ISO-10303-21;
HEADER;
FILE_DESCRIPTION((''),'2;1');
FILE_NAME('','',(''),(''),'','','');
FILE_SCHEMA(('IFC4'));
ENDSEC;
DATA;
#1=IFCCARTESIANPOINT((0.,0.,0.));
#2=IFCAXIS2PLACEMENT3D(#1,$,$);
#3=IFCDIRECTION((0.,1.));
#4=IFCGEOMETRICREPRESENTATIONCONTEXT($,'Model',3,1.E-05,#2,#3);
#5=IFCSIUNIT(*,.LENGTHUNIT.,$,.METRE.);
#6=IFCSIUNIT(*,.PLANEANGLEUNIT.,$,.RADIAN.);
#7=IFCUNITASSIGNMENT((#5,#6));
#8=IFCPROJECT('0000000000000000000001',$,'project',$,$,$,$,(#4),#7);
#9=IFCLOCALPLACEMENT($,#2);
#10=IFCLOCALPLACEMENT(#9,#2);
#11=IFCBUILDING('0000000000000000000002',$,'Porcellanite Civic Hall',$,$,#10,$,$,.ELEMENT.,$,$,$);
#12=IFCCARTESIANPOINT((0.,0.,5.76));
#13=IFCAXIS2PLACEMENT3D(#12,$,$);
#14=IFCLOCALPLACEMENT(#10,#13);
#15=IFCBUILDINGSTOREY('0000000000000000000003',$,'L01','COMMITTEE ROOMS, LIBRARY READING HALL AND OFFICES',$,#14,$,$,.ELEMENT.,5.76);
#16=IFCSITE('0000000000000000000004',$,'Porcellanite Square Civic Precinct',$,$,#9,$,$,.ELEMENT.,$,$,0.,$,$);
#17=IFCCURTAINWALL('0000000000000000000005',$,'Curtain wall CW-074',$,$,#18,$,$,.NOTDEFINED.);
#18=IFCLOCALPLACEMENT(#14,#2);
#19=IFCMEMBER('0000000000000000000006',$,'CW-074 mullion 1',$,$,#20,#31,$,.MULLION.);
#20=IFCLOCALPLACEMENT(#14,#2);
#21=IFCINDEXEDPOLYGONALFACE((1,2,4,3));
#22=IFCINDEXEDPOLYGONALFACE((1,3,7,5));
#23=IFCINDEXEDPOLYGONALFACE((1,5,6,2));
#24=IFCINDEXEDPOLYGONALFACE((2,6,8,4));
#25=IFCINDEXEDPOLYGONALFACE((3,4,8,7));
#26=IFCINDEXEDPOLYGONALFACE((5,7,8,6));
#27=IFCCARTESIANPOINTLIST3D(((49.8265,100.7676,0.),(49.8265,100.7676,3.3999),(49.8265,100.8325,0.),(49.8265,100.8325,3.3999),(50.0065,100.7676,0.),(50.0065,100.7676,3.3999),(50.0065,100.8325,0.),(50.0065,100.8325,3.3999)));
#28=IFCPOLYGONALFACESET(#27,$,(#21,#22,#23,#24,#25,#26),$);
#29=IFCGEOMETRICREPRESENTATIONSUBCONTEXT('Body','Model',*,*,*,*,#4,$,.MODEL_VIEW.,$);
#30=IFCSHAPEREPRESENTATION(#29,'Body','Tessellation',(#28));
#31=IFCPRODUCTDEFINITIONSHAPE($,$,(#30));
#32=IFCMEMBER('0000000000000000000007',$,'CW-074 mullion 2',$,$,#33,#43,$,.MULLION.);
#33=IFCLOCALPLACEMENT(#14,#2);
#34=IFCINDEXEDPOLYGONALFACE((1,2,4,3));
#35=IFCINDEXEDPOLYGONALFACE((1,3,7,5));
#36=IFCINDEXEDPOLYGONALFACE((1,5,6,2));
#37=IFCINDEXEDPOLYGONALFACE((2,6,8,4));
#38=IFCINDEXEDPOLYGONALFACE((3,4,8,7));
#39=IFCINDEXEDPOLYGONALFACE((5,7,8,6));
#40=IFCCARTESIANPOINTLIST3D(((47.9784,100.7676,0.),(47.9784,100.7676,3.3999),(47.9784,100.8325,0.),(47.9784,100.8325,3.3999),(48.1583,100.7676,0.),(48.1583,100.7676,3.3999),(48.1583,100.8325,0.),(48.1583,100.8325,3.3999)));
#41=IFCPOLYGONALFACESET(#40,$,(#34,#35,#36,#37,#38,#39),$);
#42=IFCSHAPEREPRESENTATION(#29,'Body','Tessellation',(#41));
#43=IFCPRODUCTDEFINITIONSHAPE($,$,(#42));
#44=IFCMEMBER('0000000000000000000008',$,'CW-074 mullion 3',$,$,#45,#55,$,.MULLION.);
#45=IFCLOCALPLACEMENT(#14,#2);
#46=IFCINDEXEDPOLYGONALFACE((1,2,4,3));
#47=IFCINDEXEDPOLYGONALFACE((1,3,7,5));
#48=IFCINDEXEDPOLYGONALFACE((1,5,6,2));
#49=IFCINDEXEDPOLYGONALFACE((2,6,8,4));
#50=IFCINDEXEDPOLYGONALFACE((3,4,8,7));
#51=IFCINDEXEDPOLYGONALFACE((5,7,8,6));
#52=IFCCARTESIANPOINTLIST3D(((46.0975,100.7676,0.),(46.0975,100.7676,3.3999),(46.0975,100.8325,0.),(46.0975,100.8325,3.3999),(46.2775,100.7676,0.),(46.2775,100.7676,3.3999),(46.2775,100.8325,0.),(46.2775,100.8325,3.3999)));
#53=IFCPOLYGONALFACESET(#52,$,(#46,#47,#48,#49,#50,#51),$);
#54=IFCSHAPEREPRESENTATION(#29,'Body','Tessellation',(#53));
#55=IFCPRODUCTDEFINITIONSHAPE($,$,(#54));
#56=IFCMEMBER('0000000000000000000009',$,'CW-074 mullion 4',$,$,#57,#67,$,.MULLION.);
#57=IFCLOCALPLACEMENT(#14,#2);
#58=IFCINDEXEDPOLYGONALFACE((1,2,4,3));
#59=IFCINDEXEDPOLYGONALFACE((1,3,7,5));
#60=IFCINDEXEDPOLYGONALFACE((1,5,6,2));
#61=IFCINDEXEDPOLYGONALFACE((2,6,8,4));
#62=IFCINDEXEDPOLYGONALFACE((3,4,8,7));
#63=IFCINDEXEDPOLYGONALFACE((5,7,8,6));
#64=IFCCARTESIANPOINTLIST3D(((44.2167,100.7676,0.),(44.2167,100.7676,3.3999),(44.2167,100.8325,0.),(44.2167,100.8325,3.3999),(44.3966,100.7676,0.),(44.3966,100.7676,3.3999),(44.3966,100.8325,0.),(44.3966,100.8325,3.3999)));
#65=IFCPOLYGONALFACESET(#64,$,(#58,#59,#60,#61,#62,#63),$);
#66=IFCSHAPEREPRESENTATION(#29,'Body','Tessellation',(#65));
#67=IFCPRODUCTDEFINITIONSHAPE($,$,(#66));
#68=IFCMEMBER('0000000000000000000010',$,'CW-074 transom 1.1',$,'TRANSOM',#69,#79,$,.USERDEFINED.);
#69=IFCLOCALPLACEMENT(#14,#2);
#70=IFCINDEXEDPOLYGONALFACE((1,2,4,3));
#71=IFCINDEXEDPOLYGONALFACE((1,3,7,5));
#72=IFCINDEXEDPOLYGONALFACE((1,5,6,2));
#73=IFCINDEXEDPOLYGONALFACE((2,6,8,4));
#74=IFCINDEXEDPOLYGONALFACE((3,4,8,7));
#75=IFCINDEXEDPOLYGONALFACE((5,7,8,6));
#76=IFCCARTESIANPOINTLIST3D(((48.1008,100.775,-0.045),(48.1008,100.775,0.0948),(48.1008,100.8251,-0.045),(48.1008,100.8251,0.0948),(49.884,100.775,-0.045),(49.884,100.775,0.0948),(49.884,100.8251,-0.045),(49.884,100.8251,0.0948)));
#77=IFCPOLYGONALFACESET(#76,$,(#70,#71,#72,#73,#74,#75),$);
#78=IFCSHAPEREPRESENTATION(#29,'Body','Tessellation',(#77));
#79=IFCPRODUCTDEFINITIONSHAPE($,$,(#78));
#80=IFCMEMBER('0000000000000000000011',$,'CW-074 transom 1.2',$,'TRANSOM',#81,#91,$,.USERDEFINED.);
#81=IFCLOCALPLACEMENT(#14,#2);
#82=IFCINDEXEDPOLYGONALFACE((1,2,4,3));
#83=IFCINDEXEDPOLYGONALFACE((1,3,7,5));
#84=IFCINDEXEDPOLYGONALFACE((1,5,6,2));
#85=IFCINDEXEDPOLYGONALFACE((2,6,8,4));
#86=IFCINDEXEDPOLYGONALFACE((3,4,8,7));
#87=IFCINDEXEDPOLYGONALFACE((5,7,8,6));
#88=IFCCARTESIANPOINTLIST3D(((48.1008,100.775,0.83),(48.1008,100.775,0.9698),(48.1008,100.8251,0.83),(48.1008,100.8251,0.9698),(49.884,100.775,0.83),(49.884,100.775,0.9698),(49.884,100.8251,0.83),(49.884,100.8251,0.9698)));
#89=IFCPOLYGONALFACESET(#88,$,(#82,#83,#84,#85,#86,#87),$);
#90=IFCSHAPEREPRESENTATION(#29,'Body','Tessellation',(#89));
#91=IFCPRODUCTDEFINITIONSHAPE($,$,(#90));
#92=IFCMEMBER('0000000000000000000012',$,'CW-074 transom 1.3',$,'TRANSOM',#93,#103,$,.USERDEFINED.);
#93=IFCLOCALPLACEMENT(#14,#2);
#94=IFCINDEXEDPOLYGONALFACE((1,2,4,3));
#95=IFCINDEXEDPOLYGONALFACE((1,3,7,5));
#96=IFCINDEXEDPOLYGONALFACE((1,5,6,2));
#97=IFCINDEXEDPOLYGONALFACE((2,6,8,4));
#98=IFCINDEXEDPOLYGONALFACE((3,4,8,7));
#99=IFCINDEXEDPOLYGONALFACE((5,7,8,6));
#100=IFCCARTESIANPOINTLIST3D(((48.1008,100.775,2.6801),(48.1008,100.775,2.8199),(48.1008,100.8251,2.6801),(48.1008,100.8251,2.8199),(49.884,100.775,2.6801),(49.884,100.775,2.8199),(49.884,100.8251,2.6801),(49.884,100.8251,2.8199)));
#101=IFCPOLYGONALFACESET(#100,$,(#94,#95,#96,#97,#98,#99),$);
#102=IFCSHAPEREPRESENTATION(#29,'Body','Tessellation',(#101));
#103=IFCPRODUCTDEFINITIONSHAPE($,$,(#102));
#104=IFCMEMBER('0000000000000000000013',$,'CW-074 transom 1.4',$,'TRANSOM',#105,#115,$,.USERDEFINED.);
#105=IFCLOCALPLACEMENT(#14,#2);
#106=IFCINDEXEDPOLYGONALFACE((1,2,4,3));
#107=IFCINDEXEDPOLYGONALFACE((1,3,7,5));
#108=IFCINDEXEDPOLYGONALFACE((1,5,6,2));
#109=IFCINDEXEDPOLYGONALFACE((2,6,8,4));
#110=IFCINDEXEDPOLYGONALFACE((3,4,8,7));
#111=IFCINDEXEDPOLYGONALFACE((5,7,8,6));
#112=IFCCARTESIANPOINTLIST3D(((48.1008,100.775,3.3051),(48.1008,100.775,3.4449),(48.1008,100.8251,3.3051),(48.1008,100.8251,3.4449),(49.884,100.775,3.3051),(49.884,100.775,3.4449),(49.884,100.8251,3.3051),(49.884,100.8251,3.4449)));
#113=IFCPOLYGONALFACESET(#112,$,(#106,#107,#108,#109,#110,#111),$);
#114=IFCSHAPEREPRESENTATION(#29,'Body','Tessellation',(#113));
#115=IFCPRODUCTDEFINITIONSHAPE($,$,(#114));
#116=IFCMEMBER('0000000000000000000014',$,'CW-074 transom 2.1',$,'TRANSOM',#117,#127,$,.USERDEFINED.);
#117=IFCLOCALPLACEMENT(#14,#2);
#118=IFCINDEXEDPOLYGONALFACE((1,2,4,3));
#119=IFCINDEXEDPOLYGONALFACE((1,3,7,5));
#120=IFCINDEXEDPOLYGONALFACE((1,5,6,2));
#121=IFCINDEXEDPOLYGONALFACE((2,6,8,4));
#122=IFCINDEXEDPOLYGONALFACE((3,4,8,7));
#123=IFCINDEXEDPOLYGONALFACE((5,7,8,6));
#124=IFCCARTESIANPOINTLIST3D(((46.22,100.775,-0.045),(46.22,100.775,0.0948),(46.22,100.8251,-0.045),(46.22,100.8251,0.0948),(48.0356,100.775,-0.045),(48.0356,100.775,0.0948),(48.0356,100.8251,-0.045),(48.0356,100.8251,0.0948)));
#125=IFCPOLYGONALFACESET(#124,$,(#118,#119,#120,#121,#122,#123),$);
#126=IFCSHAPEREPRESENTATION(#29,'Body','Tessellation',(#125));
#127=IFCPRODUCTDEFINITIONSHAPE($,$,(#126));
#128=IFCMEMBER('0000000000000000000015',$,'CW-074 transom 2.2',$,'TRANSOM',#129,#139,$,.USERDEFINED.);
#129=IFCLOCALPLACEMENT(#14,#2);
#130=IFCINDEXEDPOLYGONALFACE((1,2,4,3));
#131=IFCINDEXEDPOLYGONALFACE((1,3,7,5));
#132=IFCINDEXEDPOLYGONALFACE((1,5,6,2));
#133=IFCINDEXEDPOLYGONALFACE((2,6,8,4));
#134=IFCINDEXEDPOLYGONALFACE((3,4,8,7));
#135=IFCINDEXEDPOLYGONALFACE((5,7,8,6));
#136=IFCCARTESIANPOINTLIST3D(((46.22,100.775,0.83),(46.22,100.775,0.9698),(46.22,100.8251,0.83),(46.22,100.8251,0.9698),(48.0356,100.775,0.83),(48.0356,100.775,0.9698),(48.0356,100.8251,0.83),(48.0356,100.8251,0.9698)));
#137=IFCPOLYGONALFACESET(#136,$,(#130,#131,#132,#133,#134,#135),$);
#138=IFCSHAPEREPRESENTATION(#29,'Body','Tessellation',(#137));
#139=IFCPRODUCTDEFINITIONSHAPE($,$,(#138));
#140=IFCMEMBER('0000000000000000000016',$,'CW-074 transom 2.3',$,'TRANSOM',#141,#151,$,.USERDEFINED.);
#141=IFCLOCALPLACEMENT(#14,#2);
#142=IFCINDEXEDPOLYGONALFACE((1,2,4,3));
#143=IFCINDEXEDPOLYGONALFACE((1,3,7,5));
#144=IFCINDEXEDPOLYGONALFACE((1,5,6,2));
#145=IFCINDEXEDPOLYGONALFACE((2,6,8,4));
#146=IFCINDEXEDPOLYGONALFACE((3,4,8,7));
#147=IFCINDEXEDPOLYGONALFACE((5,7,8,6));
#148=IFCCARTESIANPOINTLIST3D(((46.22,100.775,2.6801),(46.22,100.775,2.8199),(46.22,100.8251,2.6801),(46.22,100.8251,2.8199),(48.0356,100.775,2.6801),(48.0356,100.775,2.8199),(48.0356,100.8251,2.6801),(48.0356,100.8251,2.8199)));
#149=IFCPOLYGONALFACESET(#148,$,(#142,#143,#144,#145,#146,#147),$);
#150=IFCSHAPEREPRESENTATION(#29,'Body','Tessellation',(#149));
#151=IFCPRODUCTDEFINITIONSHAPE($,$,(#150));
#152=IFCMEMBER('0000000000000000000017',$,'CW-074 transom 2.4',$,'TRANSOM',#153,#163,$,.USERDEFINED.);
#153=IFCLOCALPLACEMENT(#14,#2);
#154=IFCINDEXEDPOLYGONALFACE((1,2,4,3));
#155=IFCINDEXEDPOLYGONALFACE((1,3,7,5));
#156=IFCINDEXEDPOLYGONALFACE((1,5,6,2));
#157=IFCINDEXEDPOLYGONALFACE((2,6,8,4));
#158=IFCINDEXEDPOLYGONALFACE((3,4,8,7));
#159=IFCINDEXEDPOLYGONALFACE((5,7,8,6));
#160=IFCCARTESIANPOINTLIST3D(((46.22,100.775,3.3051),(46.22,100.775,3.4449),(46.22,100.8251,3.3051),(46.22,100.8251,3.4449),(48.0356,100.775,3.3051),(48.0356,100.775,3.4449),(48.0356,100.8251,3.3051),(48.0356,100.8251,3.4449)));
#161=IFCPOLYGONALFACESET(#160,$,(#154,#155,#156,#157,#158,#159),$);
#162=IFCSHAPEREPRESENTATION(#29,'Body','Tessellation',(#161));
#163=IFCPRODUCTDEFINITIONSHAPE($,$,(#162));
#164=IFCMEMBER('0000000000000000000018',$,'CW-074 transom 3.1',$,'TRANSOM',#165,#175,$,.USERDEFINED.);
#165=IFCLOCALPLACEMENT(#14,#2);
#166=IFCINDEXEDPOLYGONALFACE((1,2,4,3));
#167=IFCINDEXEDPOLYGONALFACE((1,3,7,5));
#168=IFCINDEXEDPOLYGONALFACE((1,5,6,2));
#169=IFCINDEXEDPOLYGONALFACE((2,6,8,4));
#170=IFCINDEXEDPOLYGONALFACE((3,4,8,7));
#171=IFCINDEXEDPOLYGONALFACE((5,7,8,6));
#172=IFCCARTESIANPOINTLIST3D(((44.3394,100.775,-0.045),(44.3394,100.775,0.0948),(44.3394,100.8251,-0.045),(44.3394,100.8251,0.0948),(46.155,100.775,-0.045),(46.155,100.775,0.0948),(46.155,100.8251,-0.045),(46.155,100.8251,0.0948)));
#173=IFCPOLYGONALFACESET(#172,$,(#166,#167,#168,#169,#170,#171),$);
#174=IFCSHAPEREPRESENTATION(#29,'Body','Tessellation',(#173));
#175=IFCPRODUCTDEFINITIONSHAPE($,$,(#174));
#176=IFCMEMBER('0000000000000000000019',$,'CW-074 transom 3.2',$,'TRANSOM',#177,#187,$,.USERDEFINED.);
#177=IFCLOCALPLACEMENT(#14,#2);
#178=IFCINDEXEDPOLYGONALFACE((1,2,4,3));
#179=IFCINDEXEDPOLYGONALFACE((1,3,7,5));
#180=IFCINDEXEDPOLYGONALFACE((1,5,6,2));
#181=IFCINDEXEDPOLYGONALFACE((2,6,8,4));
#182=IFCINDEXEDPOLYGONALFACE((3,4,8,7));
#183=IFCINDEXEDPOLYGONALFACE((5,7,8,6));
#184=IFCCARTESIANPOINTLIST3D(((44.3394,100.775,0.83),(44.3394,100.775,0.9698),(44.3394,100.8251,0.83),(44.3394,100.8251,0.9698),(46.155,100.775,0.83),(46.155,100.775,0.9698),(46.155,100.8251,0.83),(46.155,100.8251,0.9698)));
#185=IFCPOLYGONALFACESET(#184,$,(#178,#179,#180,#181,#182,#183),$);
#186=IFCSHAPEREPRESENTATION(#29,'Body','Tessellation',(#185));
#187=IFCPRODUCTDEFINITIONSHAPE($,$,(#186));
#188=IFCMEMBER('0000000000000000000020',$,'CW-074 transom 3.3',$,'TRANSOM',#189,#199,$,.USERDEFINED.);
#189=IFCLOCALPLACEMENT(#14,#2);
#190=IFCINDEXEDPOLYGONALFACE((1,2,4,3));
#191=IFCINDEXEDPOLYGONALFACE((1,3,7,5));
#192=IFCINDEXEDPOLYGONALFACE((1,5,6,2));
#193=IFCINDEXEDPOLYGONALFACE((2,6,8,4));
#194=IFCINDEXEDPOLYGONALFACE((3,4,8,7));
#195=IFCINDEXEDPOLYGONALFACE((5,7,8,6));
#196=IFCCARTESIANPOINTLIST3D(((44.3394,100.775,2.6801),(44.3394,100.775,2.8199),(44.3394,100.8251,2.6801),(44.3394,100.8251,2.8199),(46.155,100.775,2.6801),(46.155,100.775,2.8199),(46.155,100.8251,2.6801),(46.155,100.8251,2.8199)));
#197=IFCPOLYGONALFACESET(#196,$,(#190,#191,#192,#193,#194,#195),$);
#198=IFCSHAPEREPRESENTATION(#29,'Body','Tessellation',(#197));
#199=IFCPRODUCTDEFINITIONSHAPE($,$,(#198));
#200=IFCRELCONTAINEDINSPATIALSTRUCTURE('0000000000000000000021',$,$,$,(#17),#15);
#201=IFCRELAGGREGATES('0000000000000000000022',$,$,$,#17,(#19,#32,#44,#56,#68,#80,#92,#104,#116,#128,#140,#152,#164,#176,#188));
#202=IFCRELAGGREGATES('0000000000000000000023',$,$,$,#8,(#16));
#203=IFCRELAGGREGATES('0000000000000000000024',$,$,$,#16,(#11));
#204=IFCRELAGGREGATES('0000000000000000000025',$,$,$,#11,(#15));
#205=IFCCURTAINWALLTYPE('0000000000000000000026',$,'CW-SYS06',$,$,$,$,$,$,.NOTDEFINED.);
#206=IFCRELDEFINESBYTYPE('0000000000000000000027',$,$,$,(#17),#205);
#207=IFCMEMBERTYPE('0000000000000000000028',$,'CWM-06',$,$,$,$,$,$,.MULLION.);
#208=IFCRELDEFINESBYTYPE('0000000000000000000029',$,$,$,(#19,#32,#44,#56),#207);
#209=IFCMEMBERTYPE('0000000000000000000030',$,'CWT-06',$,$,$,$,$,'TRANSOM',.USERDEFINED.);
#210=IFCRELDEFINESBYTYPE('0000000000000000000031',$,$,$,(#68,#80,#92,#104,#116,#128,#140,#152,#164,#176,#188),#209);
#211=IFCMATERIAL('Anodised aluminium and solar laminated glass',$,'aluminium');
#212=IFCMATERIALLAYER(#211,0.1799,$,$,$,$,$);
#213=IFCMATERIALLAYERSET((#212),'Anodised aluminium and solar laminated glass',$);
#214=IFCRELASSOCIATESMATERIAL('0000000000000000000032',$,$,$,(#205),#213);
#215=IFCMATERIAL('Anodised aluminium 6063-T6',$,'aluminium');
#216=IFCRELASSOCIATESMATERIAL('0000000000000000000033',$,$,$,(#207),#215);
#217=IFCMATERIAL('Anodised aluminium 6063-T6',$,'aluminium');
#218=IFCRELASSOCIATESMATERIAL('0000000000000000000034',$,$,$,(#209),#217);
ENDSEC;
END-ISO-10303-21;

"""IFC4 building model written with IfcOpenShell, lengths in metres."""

from ifc_helpers import new_model, si_unit, direction, frame, origin, origin_2d, place, context, subcontext, project, spatial, rectangle, extrude, material, layer, layer_set, material_profile, profile_set, type_object, element, aggregate, save


model = new_model("IFC4")

# Units and contexts
model_context = context("Model", 3, precision=1e-05, world=origin(), true_north=direction((0.0, 1.0)))
body_context = subcontext(model_context, "Body", "Model", "MODEL_VIEW")
ifc_project = project(units=[si_unit("LENGTHUNIT", "METRE"), si_unit("PLANEANGLEUNIT", "RADIAN")], contexts=[model_context])

# Site, building, storey
site_placement = place(None, origin())
site = spatial("IfcSite", under=ifc_project, at=site_placement, Name="Porcellanite Square Civic Precinct", CompositionType="ELEMENT", RefElevation=0.0)
building_placement = place(site_placement, origin())
building = spatial("IfcBuilding", under=site, at=building_placement, Name="Porcellanite Civic Hall", CompositionType="ELEMENT")
storey_placement = place(building_placement, frame((0.0, 0.0, 5.76)))
storey = spatial("IfcBuildingStorey", under=building, at=storey_placement, Name="L01", Description="COMMITTEE ROOMS, LIBRARY READING HALL AND OFFICES", CompositionType="ELEMENT", Elevation=5.76)

# Curtain wall, members
ifc_material_1 = material(Name="Anodised aluminium and solar laminated glass", Category="aluminium")
ifc_layer_1 = layer(ifc_material_1, 0.1799)
ifc_layer_set_1 = layer_set([ifc_layer_1], Name="Anodised aluminium and solar laminated glass")
curtain_wall_type_1 = type_object("IfcCurtainWallType", Name="CW-SYS06", PredefinedType="NOTDEFINED", material=ifc_layer_set_1)
curtain_wall_1_placement = place(storey_placement, origin())
curtain_wall_1 = element("IfcCurtainWall", 1, at=curtain_wall_1_placement, inside=storey, type_object=curtain_wall_type_1, Name="Curtain wall CW-074", PredefinedType="NOTDEFINED")
ifc_material_2 = material(Name="Anodised aluminium 6063-T6", Category="aluminium")
ifc_material_profile_1 = material_profile(ifc_material_2, rectangle(XDim=0.0649, YDim=0.1799, at=origin_2d()), Name="AL-65x180")
ifc_profile_set_1 = profile_set([ifc_material_profile_1], Name="Anodised aluminium 6063-T6")
member_type_1 = type_object("IfcMemberType", Name="CWM-06", PredefinedType="MULLION", material=ifc_profile_set_1)
member_1_placement = place(storey_placement, frame((49.9165, 100.8, 0.0), z_axis=(0.0, 0.0, 1.0), x_axis=(0.0, -1.0, 0.0)))
member_1 = element("IfcMember", 2, at=member_1_placement, type_object=member_type_1, Name="CW-074 mullion 1", PredefinedType="MULLION", context=body_context, shape_type="SweptSolid", body=[
    extrude(rectangle(XDim=0.0649, YDim=0.1799, at=origin_2d()), origin(), (0.0, 0.0, 1.0), 3.3999),
])
member_2_placement = place(storey_placement, frame((48.0684, 100.8, 0.0), z_axis=(0.0, 0.0, 1.0), x_axis=(0.0, -1.0, 0.0)))
member_2 = element("IfcMember", 3, at=member_2_placement, type_object=member_type_1, Name="CW-074 mullion 2", PredefinedType="MULLION", context=body_context, shape_type="SweptSolid", body=[
    extrude(rectangle(XDim=0.0649, YDim=0.1799, at=origin_2d()), origin(), (0.0, 0.0, 1.0), 3.3999),
])
member_3_placement = place(storey_placement, frame((46.1875, 100.8, 0.0), z_axis=(0.0, 0.0, 1.0), x_axis=(0.0, -1.0, 0.0)))
member_3 = element("IfcMember", 4, at=member_3_placement, type_object=member_type_1, Name="CW-074 mullion 3", PredefinedType="MULLION", context=body_context, shape_type="SweptSolid", body=[
    extrude(rectangle(XDim=0.0649, YDim=0.1799, at=origin_2d()), origin(), (0.0, 0.0, 1.0), 3.3999),
])
member_4_placement = place(storey_placement, frame((44.3066, 100.8, 0.0), z_axis=(0.0, 0.0, 1.0), x_axis=(0.0, -1.0, 0.0)))
member_4 = element("IfcMember", 5, at=member_4_placement, type_object=member_type_1, Name="CW-074 mullion 4", PredefinedType="MULLION", context=body_context, shape_type="SweptSolid", body=[
    extrude(rectangle(XDim=0.0649, YDim=0.1799, at=origin_2d()), origin(), (0.0, 0.0, 1.0), 3.3999),
])
ifc_material_3 = material(Name="Anodised aluminium 6063-T6", Category="aluminium")
ifc_material_profile_2 = material_profile(ifc_material_3, rectangle(XDim=0.05, YDim=0.1399, at=origin_2d()), Name="AL-50x140")
ifc_profile_set_2 = profile_set([ifc_material_profile_2], Name="Anodised aluminium 6063-T6")
member_type_2 = type_object("IfcMemberType", Name="CWT-06", ElementType="TRANSOM", PredefinedType="USERDEFINED", material=ifc_profile_set_2)
member_5_placement = place(storey_placement, frame((49.884, 100.8, 0.0249), z_axis=(-1.0, 0.0, 0.0), x_axis=(0.0, -1.0, 0.0)))
member_5 = element("IfcMember", 6, at=member_5_placement, type_object=member_type_2, Name="CW-074 transom 1.1", ObjectType="TRANSOM", PredefinedType="USERDEFINED", context=body_context, shape_type="SweptSolid", body=[
    extrude(rectangle(XDim=0.05, YDim=0.1399, at=origin_2d()), origin(), (0.0, 0.0, 1.0), 1.7832),
])
member_6_placement = place(storey_placement, frame((49.884, 100.8, 0.8999), z_axis=(-1.0, 0.0, 0.0), x_axis=(0.0, -1.0, 0.0)))
member_6 = element("IfcMember", 7, at=member_6_placement, type_object=member_type_2, Name="CW-074 transom 1.2", ObjectType="TRANSOM", PredefinedType="USERDEFINED", context=body_context, shape_type="SweptSolid", body=[
    extrude(rectangle(XDim=0.05, YDim=0.1399, at=origin_2d()), origin(), (0.0, 0.0, 1.0), 1.7832),
])
member_7_placement = place(storey_placement, frame((49.884, 100.8, 2.75), z_axis=(-1.0, 0.0, 0.0), x_axis=(0.0, -1.0, 0.0)))
member_7 = element("IfcMember", 8, at=member_7_placement, type_object=member_type_2, Name="CW-074 transom 1.3", ObjectType="TRANSOM", PredefinedType="USERDEFINED", context=body_context, shape_type="SweptSolid", body=[
    extrude(rectangle(XDim=0.05, YDim=0.1399, at=origin_2d()), origin(), (0.0, 0.0, 1.0), 1.7832),
])
member_8_placement = place(storey_placement, frame((49.884, 100.8, 3.375), z_axis=(-1.0, 0.0, 0.0), x_axis=(0.0, -1.0, 0.0)))
member_8 = element("IfcMember", 9, at=member_8_placement, type_object=member_type_2, Name="CW-074 transom 1.4", ObjectType="TRANSOM", PredefinedType="USERDEFINED", context=body_context, shape_type="SweptSolid", body=[
    extrude(rectangle(XDim=0.05, YDim=0.1399, at=origin_2d()), origin(), (0.0, 0.0, 1.0), 1.7832),
])
member_9_placement = place(storey_placement, frame((48.0356, 100.8, 0.0249), z_axis=(-1.0, 0.0, 0.0), x_axis=(0.0, -1.0, 0.0)))
member_9 = element("IfcMember", 10, at=member_9_placement, type_object=member_type_2, Name="CW-074 transom 2.1", ObjectType="TRANSOM", PredefinedType="USERDEFINED", context=body_context, shape_type="SweptSolid", body=[
    extrude(rectangle(XDim=0.05, YDim=0.1399, at=origin_2d()), origin(), (0.0, 0.0, 1.0), 1.8157),
])
member_10_placement = place(storey_placement, frame((48.0356, 100.8, 0.8999), z_axis=(-1.0, 0.0, 0.0), x_axis=(0.0, -1.0, 0.0)))
member_10 = element("IfcMember", 11, at=member_10_placement, type_object=member_type_2, Name="CW-074 transom 2.2", ObjectType="TRANSOM", PredefinedType="USERDEFINED", context=body_context, shape_type="SweptSolid", body=[
    extrude(rectangle(XDim=0.05, YDim=0.1399, at=origin_2d()), origin(), (0.0, 0.0, 1.0), 1.8157),
])
member_11_placement = place(storey_placement, frame((48.0356, 100.8, 2.75), z_axis=(-1.0, 0.0, 0.0), x_axis=(0.0, -1.0, 0.0)))
member_11 = element("IfcMember", 12, at=member_11_placement, type_object=member_type_2, Name="CW-074 transom 2.3", ObjectType="TRANSOM", PredefinedType="USERDEFINED", context=body_context, shape_type="SweptSolid", body=[
    extrude(rectangle(XDim=0.05, YDim=0.1399, at=origin_2d()), origin(), (0.0, 0.0, 1.0), 1.8157),
])
member_12_placement = place(storey_placement, frame((48.0356, 100.8, 3.375), z_axis=(-1.0, 0.0, 0.0), x_axis=(0.0, -1.0, 0.0)))
member_12 = element("IfcMember", 13, at=member_12_placement, type_object=member_type_2, Name="CW-074 transom 2.4", ObjectType="TRANSOM", PredefinedType="USERDEFINED", context=body_context, shape_type="SweptSolid", body=[
    extrude(rectangle(XDim=0.05, YDim=0.1399, at=origin_2d()), origin(), (0.0, 0.0, 1.0), 1.8157),
])
member_13_placement = place(storey_placement, frame((46.155, 100.8, 0.0249), z_axis=(-1.0, 0.0, 0.0), x_axis=(0.0, -1.0, 0.0)))
member_13 = element("IfcMember", 14, at=member_13_placement, type_object=member_type_2, Name="CW-074 transom 3.1", ObjectType="TRANSOM", PredefinedType="USERDEFINED", context=body_context, shape_type="SweptSolid", body=[
    extrude(rectangle(XDim=0.05, YDim=0.1399, at=origin_2d()), origin(), (0.0, 0.0, 1.0), 1.8157),
])
member_14_placement = place(storey_placement, frame((46.155, 100.8, 0.8999), z_axis=(-1.0, 0.0, 0.0), x_axis=(0.0, -1.0, 0.0)))
member_14 = element("IfcMember", 15, at=member_14_placement, type_object=member_type_2, Name="CW-074 transom 3.2", ObjectType="TRANSOM", PredefinedType="USERDEFINED", context=body_context, shape_type="SweptSolid", body=[
    extrude(rectangle(XDim=0.05, YDim=0.1399, at=origin_2d()), origin(), (0.0, 0.0, 1.0), 1.8157),
])
member_15_placement = place(storey_placement, frame((46.155, 100.8, 2.75), z_axis=(-1.0, 0.0, 0.0), x_axis=(0.0, -1.0, 0.0)))
member_15 = element("IfcMember", 16, at=member_15_placement, type_object=member_type_2, Name="CW-074 transom 3.3", ObjectType="TRANSOM", PredefinedType="USERDEFINED", context=body_context, shape_type="SweptSolid", body=[
    extrude(rectangle(XDim=0.05, YDim=0.1399, at=origin_2d()), origin(), (0.0, 0.0, 1.0), 1.8157),
])

aggregate(curtain_wall_1, [member_1, member_2, member_3, member_4, member_5, member_6, member_7, member_8, member_9, member_10, member_11, member_12, member_13, member_14, member_15])

save(model, "model.ifc")
